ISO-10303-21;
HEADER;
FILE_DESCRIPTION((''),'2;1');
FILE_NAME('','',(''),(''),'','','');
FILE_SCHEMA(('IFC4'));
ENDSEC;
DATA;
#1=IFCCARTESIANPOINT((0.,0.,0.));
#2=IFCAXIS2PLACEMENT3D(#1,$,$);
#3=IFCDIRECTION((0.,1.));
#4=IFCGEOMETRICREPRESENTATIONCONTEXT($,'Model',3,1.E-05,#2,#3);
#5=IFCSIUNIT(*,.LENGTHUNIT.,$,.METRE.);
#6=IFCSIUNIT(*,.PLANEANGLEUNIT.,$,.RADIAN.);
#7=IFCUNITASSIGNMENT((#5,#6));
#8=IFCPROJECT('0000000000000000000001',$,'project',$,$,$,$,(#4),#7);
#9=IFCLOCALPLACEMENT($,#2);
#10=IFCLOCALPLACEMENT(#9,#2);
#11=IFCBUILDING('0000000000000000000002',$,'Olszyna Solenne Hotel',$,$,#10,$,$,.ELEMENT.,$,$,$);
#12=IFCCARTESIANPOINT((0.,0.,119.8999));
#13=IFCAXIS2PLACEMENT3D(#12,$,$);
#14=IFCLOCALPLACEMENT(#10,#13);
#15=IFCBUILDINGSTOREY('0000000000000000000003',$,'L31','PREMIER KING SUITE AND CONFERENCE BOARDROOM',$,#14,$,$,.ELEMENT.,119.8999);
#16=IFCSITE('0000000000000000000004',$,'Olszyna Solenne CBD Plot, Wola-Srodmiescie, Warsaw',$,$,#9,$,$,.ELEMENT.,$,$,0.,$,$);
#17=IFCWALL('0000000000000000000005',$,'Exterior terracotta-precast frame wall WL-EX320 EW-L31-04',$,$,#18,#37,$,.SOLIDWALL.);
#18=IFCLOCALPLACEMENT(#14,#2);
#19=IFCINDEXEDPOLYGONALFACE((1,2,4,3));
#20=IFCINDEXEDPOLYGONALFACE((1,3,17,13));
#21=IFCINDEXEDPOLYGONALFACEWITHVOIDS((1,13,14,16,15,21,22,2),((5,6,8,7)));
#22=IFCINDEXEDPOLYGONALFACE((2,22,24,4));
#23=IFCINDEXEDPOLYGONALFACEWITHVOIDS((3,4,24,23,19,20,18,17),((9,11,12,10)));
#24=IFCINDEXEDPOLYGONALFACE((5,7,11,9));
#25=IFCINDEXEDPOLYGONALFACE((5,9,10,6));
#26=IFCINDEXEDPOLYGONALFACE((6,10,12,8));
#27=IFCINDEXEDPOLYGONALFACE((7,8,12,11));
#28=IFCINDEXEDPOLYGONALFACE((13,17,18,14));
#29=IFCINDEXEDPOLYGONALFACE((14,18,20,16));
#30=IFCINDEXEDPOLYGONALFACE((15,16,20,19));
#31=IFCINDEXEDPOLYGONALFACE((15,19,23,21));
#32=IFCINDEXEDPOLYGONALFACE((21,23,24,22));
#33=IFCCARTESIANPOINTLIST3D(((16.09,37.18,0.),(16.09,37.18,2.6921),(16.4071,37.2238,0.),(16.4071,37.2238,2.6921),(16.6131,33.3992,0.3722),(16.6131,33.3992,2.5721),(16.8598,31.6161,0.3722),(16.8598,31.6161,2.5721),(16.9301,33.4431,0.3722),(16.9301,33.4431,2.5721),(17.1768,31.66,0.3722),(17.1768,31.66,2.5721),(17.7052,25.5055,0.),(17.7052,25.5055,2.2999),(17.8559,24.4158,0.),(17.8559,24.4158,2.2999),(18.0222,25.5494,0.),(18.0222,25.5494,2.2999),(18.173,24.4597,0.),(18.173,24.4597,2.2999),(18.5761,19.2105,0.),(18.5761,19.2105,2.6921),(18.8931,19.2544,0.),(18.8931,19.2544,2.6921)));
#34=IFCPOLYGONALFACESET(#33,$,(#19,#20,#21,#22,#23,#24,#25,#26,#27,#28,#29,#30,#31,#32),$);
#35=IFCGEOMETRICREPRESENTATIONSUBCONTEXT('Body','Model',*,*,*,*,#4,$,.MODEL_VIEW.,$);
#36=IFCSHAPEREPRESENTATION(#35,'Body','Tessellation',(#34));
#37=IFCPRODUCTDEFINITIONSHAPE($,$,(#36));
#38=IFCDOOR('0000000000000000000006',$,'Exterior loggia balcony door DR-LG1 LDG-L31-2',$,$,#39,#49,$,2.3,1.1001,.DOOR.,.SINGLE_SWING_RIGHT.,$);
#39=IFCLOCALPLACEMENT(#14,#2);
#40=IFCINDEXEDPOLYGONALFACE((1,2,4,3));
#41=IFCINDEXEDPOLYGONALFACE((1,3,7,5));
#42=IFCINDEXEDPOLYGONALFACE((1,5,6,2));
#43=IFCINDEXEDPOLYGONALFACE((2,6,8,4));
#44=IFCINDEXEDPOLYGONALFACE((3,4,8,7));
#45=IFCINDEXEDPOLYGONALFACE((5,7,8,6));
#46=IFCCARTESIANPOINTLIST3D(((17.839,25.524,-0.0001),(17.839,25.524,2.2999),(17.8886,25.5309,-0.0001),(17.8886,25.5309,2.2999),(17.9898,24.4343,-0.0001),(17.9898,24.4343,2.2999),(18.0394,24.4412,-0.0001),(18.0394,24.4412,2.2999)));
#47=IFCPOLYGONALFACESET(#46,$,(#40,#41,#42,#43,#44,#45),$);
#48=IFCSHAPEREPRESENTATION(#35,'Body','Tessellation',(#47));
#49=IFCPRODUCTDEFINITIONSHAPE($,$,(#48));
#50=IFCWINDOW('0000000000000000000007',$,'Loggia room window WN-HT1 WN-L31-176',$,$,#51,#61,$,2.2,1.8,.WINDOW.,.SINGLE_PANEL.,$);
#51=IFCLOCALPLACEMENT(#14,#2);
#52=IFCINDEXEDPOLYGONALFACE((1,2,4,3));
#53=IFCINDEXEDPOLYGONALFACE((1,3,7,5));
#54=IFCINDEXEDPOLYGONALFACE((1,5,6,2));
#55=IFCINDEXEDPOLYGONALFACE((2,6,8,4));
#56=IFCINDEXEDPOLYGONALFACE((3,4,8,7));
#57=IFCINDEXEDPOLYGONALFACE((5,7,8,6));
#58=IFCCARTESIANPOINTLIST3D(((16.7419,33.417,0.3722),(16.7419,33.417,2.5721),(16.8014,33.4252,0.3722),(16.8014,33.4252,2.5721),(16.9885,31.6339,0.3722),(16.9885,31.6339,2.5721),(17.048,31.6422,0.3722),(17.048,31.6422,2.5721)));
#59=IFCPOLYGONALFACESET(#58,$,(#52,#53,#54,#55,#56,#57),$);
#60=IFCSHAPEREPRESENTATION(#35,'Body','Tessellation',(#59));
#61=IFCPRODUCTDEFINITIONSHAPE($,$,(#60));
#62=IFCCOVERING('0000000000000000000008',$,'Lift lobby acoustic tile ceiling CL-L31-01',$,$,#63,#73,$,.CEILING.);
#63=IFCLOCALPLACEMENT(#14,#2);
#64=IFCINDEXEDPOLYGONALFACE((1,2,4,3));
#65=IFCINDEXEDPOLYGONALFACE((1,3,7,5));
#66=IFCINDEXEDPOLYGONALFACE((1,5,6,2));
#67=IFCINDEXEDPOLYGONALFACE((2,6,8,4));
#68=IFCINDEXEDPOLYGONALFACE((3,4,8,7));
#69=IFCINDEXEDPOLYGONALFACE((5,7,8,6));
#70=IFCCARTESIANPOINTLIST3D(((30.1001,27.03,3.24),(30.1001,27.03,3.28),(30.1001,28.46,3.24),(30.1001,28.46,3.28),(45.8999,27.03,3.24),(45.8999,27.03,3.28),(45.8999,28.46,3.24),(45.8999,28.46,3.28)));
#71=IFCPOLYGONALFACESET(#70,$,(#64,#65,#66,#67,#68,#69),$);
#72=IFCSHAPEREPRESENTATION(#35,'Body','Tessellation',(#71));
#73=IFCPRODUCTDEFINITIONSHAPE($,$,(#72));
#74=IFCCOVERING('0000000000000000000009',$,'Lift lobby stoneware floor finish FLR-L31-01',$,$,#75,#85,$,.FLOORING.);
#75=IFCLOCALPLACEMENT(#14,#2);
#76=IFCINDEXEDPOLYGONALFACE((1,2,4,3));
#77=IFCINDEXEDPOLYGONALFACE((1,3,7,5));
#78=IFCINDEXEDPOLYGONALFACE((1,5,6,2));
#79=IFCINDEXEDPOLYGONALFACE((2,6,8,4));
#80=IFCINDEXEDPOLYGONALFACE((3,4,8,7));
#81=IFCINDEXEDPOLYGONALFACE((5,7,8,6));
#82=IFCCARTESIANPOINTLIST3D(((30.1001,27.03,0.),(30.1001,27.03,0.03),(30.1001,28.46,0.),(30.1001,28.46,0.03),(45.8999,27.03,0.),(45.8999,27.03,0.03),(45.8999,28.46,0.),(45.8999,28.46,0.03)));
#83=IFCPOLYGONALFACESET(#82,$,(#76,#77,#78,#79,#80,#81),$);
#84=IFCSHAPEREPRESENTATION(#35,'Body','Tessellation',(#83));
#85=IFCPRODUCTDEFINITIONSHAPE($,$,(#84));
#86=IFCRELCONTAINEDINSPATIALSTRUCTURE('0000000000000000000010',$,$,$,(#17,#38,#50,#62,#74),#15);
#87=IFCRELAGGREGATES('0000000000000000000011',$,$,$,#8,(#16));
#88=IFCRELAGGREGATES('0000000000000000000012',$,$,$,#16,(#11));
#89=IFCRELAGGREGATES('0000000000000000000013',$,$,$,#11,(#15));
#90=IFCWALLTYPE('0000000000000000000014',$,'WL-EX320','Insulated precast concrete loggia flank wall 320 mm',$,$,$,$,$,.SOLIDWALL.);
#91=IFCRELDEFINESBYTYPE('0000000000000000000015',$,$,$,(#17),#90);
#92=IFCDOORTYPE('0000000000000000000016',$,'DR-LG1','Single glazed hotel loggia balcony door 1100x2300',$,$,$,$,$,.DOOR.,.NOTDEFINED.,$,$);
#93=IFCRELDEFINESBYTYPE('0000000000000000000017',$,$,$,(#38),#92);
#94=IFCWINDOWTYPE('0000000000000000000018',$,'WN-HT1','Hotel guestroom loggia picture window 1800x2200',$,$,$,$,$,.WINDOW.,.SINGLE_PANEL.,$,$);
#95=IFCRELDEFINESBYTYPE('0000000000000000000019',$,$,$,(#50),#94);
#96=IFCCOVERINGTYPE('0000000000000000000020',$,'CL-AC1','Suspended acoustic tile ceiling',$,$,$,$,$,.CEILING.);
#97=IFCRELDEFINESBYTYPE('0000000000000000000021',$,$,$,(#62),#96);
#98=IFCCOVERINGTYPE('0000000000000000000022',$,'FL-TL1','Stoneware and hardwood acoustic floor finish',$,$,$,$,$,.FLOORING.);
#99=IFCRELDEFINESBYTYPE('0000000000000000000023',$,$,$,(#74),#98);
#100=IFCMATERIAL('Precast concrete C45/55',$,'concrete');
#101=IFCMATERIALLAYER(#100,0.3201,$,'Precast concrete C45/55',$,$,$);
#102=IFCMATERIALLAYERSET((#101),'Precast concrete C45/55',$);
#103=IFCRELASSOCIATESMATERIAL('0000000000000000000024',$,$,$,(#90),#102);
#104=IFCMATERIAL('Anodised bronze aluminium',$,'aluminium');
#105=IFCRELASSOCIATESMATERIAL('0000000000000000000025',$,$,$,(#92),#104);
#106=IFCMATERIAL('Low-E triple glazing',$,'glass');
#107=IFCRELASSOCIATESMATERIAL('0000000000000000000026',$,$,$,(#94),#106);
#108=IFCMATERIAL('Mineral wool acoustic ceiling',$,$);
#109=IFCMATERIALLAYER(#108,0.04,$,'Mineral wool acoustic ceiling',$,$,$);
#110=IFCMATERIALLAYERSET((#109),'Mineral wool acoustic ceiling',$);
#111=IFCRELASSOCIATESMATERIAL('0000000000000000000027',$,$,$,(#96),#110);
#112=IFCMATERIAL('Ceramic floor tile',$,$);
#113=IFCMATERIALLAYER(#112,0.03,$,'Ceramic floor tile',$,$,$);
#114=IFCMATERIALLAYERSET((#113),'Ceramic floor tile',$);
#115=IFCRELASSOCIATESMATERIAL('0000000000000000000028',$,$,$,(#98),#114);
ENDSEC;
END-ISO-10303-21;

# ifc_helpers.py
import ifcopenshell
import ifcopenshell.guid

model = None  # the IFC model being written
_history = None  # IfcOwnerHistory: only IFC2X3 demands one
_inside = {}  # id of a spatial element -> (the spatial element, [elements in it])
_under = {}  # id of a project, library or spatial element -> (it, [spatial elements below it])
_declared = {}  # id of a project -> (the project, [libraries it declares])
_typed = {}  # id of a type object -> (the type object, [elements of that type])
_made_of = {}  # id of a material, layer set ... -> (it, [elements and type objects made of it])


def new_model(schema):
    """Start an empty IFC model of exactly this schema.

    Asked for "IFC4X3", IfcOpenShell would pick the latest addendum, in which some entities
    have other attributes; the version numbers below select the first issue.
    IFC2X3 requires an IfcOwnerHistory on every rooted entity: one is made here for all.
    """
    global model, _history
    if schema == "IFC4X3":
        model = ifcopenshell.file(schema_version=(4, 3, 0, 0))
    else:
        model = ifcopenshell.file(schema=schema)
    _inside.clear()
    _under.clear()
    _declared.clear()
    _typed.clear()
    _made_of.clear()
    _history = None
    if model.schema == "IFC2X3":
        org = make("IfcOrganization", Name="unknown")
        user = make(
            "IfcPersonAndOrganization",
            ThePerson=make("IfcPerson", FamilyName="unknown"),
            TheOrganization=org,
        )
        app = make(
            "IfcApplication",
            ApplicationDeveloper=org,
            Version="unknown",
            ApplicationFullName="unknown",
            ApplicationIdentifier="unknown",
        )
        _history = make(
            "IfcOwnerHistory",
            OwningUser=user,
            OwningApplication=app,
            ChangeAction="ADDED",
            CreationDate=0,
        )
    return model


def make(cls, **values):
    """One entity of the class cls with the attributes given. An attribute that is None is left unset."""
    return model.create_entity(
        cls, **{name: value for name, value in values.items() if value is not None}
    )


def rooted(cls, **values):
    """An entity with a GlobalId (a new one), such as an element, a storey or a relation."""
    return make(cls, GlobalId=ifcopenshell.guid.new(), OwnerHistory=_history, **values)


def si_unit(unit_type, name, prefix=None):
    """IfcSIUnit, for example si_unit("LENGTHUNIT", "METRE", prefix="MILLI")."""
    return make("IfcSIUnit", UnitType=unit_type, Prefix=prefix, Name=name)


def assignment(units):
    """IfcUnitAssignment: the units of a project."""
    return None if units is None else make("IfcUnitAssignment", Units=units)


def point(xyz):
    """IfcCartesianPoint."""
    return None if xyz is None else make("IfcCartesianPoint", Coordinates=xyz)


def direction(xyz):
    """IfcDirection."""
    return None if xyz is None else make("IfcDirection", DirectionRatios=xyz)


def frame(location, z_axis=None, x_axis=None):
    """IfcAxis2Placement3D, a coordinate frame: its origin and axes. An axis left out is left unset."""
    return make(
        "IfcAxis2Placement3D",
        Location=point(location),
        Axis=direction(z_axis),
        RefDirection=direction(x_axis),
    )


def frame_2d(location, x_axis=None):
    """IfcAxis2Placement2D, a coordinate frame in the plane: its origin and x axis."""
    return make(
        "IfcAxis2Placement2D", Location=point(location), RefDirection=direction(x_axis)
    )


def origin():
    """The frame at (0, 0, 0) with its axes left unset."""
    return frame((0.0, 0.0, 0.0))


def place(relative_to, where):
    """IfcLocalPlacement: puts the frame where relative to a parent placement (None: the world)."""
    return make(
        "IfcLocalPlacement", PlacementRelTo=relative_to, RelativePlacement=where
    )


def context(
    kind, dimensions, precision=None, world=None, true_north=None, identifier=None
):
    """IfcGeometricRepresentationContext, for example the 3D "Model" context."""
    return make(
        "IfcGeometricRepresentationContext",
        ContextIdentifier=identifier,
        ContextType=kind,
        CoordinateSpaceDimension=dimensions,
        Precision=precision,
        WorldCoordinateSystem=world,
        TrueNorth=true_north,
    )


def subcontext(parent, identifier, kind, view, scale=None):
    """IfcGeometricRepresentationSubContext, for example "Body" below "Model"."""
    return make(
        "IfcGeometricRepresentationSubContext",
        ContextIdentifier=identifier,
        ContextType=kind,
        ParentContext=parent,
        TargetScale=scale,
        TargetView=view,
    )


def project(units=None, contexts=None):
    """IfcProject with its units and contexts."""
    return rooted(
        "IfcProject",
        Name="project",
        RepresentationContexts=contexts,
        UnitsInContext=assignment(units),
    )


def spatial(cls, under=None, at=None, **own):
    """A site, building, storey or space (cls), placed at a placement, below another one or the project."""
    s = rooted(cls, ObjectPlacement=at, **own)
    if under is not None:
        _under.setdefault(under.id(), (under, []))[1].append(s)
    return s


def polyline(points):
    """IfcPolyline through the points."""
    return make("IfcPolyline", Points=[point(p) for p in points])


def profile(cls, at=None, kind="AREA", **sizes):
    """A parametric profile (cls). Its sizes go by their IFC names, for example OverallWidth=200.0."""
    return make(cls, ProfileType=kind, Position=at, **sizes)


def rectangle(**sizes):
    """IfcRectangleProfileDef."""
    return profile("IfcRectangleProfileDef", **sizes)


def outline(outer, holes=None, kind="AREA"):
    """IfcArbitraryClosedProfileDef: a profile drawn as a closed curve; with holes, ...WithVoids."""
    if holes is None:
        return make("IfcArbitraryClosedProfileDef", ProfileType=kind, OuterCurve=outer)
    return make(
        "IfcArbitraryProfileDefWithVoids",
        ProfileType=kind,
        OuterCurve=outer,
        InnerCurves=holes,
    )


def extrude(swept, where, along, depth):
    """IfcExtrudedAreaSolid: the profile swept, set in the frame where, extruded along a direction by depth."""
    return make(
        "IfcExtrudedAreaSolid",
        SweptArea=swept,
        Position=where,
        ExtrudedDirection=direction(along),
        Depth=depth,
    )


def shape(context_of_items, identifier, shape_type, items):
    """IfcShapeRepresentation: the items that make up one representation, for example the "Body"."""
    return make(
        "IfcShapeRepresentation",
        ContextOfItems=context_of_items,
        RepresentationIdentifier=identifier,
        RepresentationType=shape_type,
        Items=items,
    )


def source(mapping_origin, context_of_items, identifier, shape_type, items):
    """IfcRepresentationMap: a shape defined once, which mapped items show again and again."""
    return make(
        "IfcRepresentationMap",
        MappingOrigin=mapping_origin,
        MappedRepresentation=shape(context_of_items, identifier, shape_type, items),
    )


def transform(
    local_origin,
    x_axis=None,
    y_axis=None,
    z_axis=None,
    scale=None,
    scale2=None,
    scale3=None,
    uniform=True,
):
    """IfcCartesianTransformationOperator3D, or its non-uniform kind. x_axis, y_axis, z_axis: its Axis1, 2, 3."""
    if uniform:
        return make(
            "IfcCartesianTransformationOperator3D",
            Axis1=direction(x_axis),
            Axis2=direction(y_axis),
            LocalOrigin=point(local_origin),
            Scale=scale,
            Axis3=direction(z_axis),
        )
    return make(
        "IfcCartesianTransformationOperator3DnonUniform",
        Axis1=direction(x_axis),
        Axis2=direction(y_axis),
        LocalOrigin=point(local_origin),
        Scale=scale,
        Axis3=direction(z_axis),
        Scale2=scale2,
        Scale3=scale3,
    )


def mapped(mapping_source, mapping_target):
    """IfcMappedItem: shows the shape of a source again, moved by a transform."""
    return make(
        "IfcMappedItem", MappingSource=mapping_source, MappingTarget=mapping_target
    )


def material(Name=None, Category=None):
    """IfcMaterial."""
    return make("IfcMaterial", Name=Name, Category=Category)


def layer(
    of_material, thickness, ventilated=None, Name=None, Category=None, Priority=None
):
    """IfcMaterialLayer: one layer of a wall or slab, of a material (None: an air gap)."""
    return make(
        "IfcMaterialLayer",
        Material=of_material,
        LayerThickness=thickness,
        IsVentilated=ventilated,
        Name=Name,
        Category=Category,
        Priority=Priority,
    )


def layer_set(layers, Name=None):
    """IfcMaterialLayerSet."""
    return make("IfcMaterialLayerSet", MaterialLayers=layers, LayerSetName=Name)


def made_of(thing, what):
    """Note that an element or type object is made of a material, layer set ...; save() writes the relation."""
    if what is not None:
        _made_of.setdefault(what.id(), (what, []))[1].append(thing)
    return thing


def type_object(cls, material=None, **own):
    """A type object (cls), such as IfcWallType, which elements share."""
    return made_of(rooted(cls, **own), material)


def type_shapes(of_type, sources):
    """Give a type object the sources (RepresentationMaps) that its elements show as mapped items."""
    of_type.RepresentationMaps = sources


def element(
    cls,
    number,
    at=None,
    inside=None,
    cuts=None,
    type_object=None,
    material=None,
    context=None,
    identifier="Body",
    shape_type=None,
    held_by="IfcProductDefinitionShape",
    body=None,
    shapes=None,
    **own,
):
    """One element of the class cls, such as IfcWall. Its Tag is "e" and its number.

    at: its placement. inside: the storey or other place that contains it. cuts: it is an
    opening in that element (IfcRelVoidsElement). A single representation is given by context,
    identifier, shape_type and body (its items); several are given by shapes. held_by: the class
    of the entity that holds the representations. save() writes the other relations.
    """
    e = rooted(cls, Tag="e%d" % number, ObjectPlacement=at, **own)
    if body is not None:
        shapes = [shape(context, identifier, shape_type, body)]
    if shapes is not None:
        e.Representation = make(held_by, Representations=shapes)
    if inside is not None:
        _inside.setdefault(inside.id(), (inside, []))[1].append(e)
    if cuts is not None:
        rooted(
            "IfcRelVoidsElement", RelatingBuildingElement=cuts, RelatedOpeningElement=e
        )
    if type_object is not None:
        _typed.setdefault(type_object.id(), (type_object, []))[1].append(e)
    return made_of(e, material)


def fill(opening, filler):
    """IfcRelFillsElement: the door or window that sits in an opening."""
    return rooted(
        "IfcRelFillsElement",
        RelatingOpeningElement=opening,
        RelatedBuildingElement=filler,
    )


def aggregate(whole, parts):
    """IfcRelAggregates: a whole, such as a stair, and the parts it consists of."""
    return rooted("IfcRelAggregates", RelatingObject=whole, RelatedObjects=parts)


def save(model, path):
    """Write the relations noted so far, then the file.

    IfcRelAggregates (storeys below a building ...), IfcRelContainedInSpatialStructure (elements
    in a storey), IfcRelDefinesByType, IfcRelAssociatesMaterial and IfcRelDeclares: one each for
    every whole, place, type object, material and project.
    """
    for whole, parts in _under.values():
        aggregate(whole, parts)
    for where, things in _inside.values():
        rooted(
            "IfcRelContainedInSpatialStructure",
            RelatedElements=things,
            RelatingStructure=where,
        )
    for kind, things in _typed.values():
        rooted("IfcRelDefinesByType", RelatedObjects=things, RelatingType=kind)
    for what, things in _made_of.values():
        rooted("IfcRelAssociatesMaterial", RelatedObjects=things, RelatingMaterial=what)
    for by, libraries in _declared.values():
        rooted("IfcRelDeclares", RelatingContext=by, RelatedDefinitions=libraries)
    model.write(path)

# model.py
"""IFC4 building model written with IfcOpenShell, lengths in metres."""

from ifc_helpers import new_model, si_unit, direction, frame, frame_2d, origin, place, context, subcontext, project, spatial, polyline, rectangle, outline, extrude, source, transform, mapped, material, layer, layer_set, type_object, type_shapes, element, fill, save


model = new_model("IFC4")

# Units and contexts
model_context = context("Model", 3, precision=1e-05, world=origin(), true_north=direction((0.0, 1.0)))
body_context = subcontext(model_context, "Body", "Model", "MODEL_VIEW")
ifc_project = project(units=[si_unit("LENGTHUNIT", "METRE"), si_unit("PLANEANGLEUNIT", "RADIAN")], contexts=[model_context])

# Site, building, storey
site_placement = place(None, origin())
site = spatial("IfcSite", under=ifc_project, at=site_placement, Name="Olszyna Solenne CBD Plot, Wola-Srodmiescie, Warsaw", CompositionType="ELEMENT", RefElevation=0.0)
building_placement = place(site_placement, origin())
building = spatial("IfcBuilding", under=site, at=building_placement, Name="Olszyna Solenne Hotel", CompositionType="ELEMENT")
storey_placement = place(building_placement, frame((0.0, 0.0, 119.8999)))
storey = spatial("IfcBuildingStorey", under=building, at=storey_placement, Name="L31", Description="PREMIER KING SUITE AND CONFERENCE BOARDROOM", CompositionType="ELEMENT", Elevation=119.8999)

# Shared definitions
ifc_material_1 = material(Name="Anodised bronze aluminium", Category="aluminium")

# Shared definitions
ifc_material_2 = material(Name="Precast concrete C45/55", Category="concrete")

# Shared definitions
ifc_material_3 = material(Name="Low-E triple glazing", Category="glass")

# Wall, openings, door, window
ifc_layer_1 = layer(ifc_material_2, 0.3201, Name="Precast concrete C45/55")
ifc_layer_set_1 = layer_set([ifc_layer_1], Name="Precast concrete C45/55")
wall_type = type_object("IfcWallType", Name="WL-EX320", Description="Insulated precast concrete loggia flank wall 320 mm", PredefinedType="SOLIDWALL", material=ifc_layer_set_1)
wall_placement = place(storey_placement, frame((18.7346, 19.2324, 0.0), z_axis=(0.0, 0.0, 1.0), x_axis=(-0.137045, 0.990565, 0.0)))
wall = element("IfcWall", 1, at=wall_placement, inside=storey, type_object=wall_type, Name="Exterior terracotta-precast frame wall WL-EX320 EW-L31-04", PredefinedType="SOLIDWALL", context=body_context, shape_type="SweptSolid", body=[
    extrude(rectangle(XDim=18.1406, YDim=0.3201, at=frame_2d((9.0703, 0.0))), origin(), (0.0, 0.0, 1.0), 2.6921),
])
opening_1_placement = place(wall_placement, frame((5.2549, 0.0, 0.0)))
opening_1 = element("IfcOpeningElement", 2, at=opening_1_placement, cuts=wall, PredefinedType="OPENING", context=body_context, shape_type="SweptSolid", body=[
    extrude(rectangle(XDim=1.1001, YDim=2.3, at=frame_2d((0.55, 1.1499))), frame((0.0, 0.1699, 0.0), z_axis=(0.0, -1.0, 0.0), x_axis=(1.0, 0.0, 0.0)), (0.0, 0.0, 1.0), 0.3401),
])
opening_2_placement = place(wall_placement, frame((12.5239, 0.0, 0.3721)))
opening_2 = element("IfcOpeningElement", 3, at=opening_2_placement, cuts=wall, PredefinedType="OPENING", context=body_context, shape_type="SweptSolid", body=[
    extrude(rectangle(XDim=1.8, YDim=2.2, at=frame_2d((0.8999, 1.1001))), frame((0.0, 0.1699, 0.0), z_axis=(0.0, -1.0, 0.0), x_axis=(1.0, 0.0, 0.0)), (0.0, 0.0, 1.0), 0.3401),
])
door_type = type_object("IfcDoorType", Name="DR-LG1", Description="Single glazed hotel loggia balcony door 1100x2300", OperationType="NOTDEFINED", PredefinedType="DOOR", material=ifc_material_1)
shared_shape_1 = source(origin(), body_context, "Body", "SweptSolid", [
    extrude(rectangle(XDim=1.1001, YDim=2.3, at=frame_2d((0.55, 1.1499))), frame((0.0, 0.0249, 0.0), z_axis=(0.0, -1.0, 0.0), x_axis=(1.0, 0.0, 0.0)), (0.0, 0.0, 1.0), 0.05),
])
type_shapes(door_type, [shared_shape_1])
door_placement = place(opening_1_placement, origin())
door = element("IfcDoor", 4, at=door_placement, inside=storey, type_object=door_type, Name="Exterior loggia balcony door DR-LG1 LDG-L31-2", OperationType="SINGLE_SWING_RIGHT", OverallHeight=2.3, OverallWidth=1.1001, PredefinedType="DOOR", context=body_context, shape_type="MappedRepresentation", body=[
    mapped(shared_shape_1, transform((0.0, 0.0, 0.0), x_axis=(1.0, 0.0, 0.0), y_axis=(0.0, 1.0, 0.0), z_axis=(0.0, 0.0, 1.0), scale=1.0)),
])
fill(opening_1, door)
window_type = type_object("IfcWindowType", Name="WN-HT1", Description="Hotel guestroom loggia picture window 1800x2200", PartitioningType="SINGLE_PANEL", PredefinedType="WINDOW", material=ifc_material_3)
shared_shape_2 = source(origin(), body_context, "Body", "SweptSolid", [
    extrude(rectangle(XDim=1.8, YDim=2.2, at=frame_2d((0.8999, 1.1001))), frame((0.0, 0.03, 0.0), z_axis=(0.0, -1.0, 0.0), x_axis=(1.0, 0.0, 0.0)), (0.0, 0.0, 1.0), 0.0601),
])
type_shapes(window_type, [shared_shape_2])
window_placement = place(opening_2_placement, origin())
window = element("IfcWindow", 5, at=window_placement, inside=storey, type_object=window_type, Name="Loggia room window WN-HT1 WN-L31-176", OverallHeight=2.2, OverallWidth=1.8, PartitioningType="SINGLE_PANEL", PredefinedType="WINDOW", context=body_context, shape_type="MappedRepresentation", body=[
    mapped(shared_shape_2, transform((0.0, 0.0, 0.0), x_axis=(1.0, 0.0, 0.0), y_axis=(0.0, 1.0, 0.0), z_axis=(0.0, 0.0, 1.0), scale=1.0)),
])
fill(opening_2, window)

# Coverings
ifc_material_4 = material(Name="Mineral wool acoustic ceiling")
ifc_layer_2 = layer(ifc_material_4, 0.04, Name="Mineral wool acoustic ceiling")
ifc_layer_set_2 = layer_set([ifc_layer_2], Name="Mineral wool acoustic ceiling")
covering_type_1 = type_object("IfcCoveringType", Name="CL-AC1", Description="Suspended acoustic tile ceiling", PredefinedType="CEILING", material=ifc_layer_set_2)
covering_1_placement = place(storey_placement, frame((0.0, 0.0, 3.24)))
element("IfcCovering", 6, at=covering_1_placement, inside=storey, type_object=covering_type_1, Name="Lift lobby acoustic tile ceiling CL-L31-01", PredefinedType="CEILING", context=body_context, shape_type="SweptSolid", body=[
    extrude(outline(polyline([(30.1001, 27.03), (45.8999, 27.03), (45.8999, 28.46), (30.1001, 28.46), (30.1001, 27.03)])), origin(), (0.0, 0.0, 1.0), 0.04),
])
ifc_material_5 = material(Name="Ceramic floor tile")
ifc_layer_3 = layer(ifc_material_5, 0.03, Name="Ceramic floor tile")
ifc_layer_set_3 = layer_set([ifc_layer_3], Name="Ceramic floor tile")
covering_type_2 = type_object("IfcCoveringType", Name="FL-TL1", Description="Stoneware and hardwood acoustic floor finish", PredefinedType="FLOORING", material=ifc_layer_set_3)
covering_2_placement = place(storey_placement, origin())
element("IfcCovering", 7, at=covering_2_placement, inside=storey, type_object=covering_type_2, Name="Lift lobby stoneware floor finish FLR-L31-01", PredefinedType="FLOORING", context=body_context, shape_type="SweptSolid", body=[
    extrude(outline(polyline([(30.1001, 27.03), (45.8999, 27.03), (45.8999, 28.46), (30.1001, 28.46), (30.1001, 27.03)])), origin(), (0.0, 0.0, 1.0), 0.03),
])

save(model, "model.ifc")
